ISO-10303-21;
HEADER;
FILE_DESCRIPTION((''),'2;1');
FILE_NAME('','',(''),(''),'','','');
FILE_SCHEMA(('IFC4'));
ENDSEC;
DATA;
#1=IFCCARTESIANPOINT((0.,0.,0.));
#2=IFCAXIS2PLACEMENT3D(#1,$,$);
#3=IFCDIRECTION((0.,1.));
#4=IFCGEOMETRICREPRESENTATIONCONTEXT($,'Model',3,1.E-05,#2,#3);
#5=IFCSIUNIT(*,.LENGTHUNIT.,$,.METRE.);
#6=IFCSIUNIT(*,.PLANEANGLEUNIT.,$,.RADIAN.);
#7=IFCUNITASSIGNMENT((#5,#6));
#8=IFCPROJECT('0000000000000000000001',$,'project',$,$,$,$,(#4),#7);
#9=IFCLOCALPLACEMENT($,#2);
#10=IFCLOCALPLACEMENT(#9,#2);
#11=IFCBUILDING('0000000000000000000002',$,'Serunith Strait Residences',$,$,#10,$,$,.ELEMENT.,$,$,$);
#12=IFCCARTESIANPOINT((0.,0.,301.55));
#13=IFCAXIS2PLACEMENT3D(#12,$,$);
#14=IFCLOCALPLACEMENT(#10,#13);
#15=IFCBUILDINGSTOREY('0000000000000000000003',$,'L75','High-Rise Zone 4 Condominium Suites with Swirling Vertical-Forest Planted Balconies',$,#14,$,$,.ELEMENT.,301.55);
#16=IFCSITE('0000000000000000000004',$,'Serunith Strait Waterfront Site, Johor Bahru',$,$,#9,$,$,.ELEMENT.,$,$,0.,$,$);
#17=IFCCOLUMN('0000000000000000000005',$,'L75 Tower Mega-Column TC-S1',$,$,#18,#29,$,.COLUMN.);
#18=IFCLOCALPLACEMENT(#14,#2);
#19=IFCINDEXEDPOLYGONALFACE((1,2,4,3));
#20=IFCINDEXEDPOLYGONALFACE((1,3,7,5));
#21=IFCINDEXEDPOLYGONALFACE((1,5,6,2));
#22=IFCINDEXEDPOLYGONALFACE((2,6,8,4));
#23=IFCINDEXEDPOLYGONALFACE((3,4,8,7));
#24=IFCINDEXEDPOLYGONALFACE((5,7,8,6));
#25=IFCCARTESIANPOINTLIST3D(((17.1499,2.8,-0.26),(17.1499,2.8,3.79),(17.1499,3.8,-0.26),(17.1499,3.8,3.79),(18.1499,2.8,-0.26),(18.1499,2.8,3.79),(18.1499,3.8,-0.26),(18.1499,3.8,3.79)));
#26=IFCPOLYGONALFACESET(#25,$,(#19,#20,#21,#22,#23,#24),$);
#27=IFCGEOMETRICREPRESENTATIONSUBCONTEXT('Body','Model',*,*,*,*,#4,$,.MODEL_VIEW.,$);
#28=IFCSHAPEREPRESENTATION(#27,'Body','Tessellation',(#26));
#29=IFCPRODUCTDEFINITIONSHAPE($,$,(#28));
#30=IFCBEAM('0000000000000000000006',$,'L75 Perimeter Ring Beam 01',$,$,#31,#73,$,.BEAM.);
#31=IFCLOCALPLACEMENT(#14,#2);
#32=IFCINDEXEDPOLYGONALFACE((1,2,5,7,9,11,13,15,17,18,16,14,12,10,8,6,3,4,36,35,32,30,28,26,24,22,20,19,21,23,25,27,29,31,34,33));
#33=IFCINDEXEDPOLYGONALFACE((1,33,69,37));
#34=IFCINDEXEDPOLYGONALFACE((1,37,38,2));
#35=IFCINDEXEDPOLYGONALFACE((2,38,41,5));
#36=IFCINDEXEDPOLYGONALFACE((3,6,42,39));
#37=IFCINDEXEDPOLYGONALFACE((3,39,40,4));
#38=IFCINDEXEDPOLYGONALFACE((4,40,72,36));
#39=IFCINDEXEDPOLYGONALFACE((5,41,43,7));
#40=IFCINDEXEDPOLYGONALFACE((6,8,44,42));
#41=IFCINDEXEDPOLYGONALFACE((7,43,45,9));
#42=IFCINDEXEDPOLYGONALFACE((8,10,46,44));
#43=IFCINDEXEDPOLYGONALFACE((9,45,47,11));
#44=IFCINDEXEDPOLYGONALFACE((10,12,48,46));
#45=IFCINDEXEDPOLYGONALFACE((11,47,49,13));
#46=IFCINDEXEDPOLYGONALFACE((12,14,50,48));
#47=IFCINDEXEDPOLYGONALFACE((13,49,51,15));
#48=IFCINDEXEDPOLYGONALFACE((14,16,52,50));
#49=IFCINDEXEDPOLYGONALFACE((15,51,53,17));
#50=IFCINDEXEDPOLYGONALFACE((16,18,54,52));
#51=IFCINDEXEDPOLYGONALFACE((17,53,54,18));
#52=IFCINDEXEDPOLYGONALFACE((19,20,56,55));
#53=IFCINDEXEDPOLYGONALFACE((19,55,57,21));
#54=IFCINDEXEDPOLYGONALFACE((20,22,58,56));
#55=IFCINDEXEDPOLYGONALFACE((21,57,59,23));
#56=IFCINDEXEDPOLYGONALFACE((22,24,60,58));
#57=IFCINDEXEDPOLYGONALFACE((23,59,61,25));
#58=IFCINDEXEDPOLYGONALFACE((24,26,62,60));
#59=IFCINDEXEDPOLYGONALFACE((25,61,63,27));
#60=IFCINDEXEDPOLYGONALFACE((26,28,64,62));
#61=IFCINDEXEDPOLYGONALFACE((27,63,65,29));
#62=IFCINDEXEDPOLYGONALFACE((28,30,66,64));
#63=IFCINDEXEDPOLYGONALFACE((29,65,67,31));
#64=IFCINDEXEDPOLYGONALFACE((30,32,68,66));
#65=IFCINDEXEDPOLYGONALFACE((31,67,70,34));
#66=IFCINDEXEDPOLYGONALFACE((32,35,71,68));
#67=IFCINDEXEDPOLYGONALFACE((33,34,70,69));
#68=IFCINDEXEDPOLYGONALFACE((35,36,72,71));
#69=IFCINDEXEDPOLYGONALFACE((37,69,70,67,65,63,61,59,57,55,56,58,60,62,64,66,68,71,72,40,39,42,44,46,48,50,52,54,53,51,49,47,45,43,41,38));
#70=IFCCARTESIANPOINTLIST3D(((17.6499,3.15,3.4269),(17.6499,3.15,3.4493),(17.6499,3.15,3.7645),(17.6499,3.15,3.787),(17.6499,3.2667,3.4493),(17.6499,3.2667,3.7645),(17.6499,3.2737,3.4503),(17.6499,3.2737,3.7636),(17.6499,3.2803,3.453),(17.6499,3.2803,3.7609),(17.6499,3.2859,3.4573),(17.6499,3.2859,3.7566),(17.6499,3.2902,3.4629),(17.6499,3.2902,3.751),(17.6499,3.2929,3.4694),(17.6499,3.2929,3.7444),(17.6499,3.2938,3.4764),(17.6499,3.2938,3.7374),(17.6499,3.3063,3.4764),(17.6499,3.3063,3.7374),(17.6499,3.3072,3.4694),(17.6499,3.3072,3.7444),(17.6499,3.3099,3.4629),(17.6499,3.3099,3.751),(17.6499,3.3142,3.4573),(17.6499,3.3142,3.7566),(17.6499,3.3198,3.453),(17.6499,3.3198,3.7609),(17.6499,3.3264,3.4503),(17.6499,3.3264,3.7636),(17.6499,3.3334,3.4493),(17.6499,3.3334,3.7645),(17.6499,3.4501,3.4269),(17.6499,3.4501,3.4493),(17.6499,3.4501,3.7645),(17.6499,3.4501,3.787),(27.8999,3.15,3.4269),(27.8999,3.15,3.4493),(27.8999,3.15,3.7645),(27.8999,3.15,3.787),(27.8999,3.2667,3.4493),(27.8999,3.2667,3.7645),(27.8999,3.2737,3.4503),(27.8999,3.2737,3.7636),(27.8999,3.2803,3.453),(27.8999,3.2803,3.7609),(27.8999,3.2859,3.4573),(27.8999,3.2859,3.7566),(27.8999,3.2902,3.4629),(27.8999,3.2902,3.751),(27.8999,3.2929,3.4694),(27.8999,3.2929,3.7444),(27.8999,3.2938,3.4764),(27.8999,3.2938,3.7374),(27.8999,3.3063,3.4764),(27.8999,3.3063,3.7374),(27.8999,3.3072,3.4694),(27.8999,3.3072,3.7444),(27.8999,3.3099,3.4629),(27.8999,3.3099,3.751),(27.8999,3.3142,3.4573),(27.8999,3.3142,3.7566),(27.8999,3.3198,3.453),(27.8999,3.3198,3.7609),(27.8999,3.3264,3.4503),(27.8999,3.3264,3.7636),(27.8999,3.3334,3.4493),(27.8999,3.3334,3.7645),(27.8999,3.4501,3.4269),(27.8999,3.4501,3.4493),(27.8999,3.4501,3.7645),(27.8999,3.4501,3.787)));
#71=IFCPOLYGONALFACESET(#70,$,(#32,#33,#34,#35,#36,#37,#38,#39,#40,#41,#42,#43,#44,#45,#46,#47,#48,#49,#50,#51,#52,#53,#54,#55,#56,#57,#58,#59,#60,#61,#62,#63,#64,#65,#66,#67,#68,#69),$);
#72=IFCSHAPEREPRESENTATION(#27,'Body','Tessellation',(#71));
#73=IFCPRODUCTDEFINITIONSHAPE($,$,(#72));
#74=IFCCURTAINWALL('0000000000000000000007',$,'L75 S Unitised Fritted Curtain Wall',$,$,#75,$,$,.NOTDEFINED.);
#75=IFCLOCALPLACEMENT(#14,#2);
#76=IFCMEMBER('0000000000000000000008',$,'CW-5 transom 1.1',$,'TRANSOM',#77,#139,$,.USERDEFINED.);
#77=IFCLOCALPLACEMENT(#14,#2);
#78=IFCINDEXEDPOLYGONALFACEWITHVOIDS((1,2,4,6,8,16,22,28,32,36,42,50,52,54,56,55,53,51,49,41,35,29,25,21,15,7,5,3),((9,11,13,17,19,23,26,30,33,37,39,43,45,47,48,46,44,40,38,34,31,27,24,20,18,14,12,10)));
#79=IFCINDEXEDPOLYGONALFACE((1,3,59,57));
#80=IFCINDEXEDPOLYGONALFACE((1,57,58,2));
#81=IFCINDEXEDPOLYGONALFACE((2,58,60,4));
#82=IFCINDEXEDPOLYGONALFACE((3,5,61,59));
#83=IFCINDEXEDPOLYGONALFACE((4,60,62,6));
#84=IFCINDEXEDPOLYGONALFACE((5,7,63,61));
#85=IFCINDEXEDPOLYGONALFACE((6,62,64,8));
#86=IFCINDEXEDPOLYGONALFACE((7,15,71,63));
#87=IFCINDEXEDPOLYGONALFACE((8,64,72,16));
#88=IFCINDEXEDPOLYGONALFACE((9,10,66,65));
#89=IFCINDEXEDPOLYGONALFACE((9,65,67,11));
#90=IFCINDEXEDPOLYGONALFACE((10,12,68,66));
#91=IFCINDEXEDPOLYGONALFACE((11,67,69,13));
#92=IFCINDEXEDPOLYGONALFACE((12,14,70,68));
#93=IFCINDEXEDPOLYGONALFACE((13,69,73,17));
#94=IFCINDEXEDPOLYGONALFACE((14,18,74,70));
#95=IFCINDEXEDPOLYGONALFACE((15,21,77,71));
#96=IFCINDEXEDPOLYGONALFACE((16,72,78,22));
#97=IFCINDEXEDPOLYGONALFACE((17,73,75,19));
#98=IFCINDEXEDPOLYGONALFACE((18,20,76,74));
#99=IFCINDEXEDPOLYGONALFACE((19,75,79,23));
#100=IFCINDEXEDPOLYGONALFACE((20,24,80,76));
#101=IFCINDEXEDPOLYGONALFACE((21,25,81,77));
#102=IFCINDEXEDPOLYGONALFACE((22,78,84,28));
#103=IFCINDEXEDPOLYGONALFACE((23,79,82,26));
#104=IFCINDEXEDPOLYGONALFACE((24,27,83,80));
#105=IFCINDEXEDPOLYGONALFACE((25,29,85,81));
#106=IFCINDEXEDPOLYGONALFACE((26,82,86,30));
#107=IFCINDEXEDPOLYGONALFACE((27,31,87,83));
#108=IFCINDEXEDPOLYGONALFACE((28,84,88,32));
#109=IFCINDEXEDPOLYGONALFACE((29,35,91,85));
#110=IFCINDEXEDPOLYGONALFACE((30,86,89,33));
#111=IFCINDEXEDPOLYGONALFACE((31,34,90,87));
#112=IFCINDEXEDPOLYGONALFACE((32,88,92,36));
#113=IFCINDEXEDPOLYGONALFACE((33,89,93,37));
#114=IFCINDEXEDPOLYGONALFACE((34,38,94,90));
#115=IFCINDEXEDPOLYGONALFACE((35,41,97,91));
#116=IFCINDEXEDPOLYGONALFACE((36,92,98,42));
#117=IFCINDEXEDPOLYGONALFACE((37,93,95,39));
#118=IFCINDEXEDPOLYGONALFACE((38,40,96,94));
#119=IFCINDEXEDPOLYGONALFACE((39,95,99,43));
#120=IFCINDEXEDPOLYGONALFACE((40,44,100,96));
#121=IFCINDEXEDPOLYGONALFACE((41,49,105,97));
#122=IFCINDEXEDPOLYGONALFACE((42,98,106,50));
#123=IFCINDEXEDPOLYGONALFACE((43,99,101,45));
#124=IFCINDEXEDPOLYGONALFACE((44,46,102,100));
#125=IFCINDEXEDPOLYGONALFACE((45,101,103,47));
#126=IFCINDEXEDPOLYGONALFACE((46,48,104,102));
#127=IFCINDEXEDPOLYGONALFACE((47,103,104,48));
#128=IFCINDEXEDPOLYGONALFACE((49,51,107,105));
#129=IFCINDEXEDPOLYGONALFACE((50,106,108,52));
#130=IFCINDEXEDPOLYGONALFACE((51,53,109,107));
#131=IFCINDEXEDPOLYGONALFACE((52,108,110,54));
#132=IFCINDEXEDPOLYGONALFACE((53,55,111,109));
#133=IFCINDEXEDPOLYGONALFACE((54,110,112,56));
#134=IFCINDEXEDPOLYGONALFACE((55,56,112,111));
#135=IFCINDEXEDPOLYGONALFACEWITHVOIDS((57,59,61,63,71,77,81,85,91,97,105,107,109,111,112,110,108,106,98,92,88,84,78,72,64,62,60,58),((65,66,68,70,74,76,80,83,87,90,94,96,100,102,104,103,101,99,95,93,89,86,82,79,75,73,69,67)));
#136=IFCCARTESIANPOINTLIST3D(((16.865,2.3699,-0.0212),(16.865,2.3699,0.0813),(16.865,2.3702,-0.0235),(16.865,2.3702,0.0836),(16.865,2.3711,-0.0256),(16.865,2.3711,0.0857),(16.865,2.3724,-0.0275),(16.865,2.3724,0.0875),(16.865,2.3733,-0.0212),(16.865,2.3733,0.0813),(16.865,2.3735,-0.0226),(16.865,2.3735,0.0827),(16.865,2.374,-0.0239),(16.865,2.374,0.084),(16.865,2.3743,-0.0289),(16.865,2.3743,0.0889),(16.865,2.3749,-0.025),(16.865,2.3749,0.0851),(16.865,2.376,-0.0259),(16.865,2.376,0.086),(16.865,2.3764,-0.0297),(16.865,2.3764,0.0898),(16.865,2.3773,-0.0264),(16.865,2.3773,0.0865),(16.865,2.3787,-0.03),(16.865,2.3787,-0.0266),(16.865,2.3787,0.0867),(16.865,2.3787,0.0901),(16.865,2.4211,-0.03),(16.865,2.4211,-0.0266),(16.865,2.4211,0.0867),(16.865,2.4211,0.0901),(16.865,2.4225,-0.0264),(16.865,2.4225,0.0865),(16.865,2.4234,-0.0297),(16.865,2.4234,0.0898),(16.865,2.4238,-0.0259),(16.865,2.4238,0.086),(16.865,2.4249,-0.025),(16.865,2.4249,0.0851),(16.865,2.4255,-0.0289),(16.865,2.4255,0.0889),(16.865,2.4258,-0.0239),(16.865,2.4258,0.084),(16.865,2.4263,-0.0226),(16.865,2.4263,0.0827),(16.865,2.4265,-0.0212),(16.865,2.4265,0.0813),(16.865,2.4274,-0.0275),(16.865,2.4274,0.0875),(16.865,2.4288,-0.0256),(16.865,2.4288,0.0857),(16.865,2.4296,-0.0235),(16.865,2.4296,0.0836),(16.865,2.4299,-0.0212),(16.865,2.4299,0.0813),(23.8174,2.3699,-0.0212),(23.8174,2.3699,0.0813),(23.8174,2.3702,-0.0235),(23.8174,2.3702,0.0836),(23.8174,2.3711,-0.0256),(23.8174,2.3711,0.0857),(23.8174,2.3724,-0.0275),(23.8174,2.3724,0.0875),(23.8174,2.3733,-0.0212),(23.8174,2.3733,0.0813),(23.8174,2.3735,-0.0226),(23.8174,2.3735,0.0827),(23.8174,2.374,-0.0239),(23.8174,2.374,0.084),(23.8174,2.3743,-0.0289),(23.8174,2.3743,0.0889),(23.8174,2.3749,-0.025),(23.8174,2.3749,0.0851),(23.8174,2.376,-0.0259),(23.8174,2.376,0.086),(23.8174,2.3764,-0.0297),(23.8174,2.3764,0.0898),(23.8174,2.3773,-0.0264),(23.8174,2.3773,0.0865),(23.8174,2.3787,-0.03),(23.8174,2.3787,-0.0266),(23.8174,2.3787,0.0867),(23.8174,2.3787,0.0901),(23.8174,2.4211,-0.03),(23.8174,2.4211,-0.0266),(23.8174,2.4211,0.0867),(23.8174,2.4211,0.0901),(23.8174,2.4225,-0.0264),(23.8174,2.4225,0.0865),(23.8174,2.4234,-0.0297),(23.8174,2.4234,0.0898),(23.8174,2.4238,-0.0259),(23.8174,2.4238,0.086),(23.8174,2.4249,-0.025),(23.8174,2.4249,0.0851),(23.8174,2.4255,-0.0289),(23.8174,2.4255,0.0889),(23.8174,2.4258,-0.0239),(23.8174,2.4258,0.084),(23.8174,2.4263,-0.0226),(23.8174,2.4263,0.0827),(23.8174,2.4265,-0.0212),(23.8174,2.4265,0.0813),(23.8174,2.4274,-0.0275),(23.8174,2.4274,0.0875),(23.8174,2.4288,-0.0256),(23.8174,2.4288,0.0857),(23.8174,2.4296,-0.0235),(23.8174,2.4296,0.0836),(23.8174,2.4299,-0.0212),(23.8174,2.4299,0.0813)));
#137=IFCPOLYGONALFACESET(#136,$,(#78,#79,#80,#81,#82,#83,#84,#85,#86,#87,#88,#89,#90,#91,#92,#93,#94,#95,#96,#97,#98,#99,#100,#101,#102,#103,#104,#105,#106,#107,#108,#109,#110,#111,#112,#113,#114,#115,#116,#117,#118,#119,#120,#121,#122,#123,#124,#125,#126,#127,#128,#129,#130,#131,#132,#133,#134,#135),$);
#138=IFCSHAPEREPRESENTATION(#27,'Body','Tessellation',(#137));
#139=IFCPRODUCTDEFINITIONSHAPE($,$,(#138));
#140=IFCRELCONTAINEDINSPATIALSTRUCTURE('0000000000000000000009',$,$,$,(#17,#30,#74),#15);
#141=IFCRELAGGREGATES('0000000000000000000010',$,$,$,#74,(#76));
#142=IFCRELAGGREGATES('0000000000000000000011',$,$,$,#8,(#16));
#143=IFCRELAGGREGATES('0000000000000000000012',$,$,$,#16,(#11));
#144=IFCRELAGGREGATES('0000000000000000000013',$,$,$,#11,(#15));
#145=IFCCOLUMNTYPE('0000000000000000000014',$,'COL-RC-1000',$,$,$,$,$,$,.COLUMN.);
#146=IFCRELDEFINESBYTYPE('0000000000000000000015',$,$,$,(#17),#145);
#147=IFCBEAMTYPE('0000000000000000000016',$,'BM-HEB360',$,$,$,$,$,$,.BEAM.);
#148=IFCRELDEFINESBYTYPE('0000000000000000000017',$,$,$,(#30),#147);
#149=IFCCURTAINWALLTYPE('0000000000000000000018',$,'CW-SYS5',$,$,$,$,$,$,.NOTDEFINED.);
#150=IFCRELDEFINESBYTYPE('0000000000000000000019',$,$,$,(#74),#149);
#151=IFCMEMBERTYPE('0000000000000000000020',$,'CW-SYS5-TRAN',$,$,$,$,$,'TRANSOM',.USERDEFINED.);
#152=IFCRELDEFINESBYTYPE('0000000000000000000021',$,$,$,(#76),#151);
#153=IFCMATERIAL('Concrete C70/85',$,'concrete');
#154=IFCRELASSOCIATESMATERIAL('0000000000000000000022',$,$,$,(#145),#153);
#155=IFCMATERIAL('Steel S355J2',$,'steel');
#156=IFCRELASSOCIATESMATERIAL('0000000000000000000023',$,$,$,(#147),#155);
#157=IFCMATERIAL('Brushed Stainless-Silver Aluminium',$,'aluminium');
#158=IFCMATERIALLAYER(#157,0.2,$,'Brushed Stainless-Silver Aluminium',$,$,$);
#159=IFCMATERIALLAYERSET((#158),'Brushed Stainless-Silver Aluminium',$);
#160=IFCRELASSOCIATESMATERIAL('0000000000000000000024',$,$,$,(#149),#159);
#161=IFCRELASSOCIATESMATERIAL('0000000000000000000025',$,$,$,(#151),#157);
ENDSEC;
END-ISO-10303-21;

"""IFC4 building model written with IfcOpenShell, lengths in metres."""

from ifc_helpers import new_model, si_unit, direction, frame, origin, origin_2d, place, context, subcontext, project, spatial, rectangle, hollow_rectangle, i_section, extrude, source, transform, mapped, material, layer, layer_set, material_profile, profile_set, type_object, element, aggregate, save


model = new_model("IFC4")

# Units and contexts
model_context = context("Model", 3, precision=1e-05, world=origin(), true_north=direction((0.0, 1.0)))
body_context = subcontext(model_context, "Body", "Model", "MODEL_VIEW")
ifc_project = project(units=[si_unit("LENGTHUNIT", "METRE"), si_unit("PLANEANGLEUNIT", "RADIAN")], contexts=[model_context])

# Site, building, storey
site_placement = place(None, origin())
site = spatial("IfcSite", under=ifc_project, at=site_placement, Name="Serunith Strait Waterfront Site, Johor Bahru", CompositionType="ELEMENT", RefElevation=0.0)
building_placement = place(site_placement, origin())
building = spatial("IfcBuilding", under=site, at=building_placement, Name="Serunith Strait Residences", CompositionType="ELEMENT")
storey_placement = place(building_placement, frame((0.0, 0.0, 301.55)))
storey = spatial("IfcBuildingStorey", under=building, at=storey_placement, Name="L75", Description="High-Rise Zone 4 Condominium Suites with Swirling Vertical-Forest Planted Balconies", CompositionType="ELEMENT", Elevation=301.55)

# Column
ifc_material_1 = material(Name="Concrete C70/85", Category="concrete")
ifc_material_profile_1 = material_profile(ifc_material_1, rectangle(XDim=1.0, YDim=1.0, at=origin_2d()), Name="RC 1000x1000")
ifc_profile_set_1 = profile_set([ifc_material_profile_1], Name="Concrete C70/85")
column_type = type_object("IfcColumnType", Name="COL-RC-1000", PredefinedType="COLUMN", material=ifc_profile_set_1)
shared_shape_1 = source(origin(), body_context, "Body", "SweptSolid", [
    extrude(rectangle(XDim=1.0, YDim=1.0, at=origin_2d()), origin(), (0.0, 0.0, 1.0), 4.05),
])
column_placement = place(storey_placement, frame((17.6499, 3.3, -0.26), z_axis=(0.0, 0.0, 1.0), x_axis=(1.0, 0.0, 0.0)))
element("IfcColumn", 1, at=column_placement, inside=storey, type_object=column_type, Name="L75 Tower Mega-Column TC-S1", PredefinedType="COLUMN", context=body_context, shape_type="MappedRepresentation", body=[
    mapped(shared_shape_1, transform((0.0, 0.0, 0.0), scale=1.0)),
])

# Beam
ifc_material_2 = material(Name="Steel S355J2", Category="steel")
ifc_material_profile_2 = material_profile(ifc_material_2, i_section(OverallWidth=0.3, OverallDepth=0.3601, WebThickness=0.0125, FlangeThickness=0.0225, FilletRadius=0.0271, at=origin_2d()), Name="HEB 360")
ifc_profile_set_2 = profile_set([ifc_material_profile_2], Name="Steel S355J2")
beam_type = type_object("IfcBeamType", Name="BM-HEB360", PredefinedType="BEAM", material=ifc_profile_set_2)
shared_shape_2 = source(origin(), body_context, "Body", "SweptSolid", [
    extrude(i_section(OverallWidth=0.3, OverallDepth=0.3601, WebThickness=0.0125, FlangeThickness=0.0225, FilletRadius=0.0271, at=origin_2d()), origin(), (0.0, 0.0, 1.0), 10.25),
])
beam_placement = place(storey_placement, frame((17.6499, 3.3, 3.6069), z_axis=(1.0, 0.0, 0.0), x_axis=(0.0, 1.0, 0.0)))
element("IfcBeam", 2, at=beam_placement, inside=storey, type_object=beam_type, Name="L75 Perimeter Ring Beam 01", PredefinedType="BEAM", context=body_context, shape_type="MappedRepresentation", body=[
    mapped(shared_shape_2, transform((0.0, 0.0, 0.0), scale=1.0)),
])

# Curtain wall, member
ifc_material_3 = material(Name="Brushed Stainless-Silver Aluminium", Category="aluminium")
ifc_layer_1 = layer(ifc_material_3, 0.2, Name="Brushed Stainless-Silver Aluminium")
ifc_layer_set_1 = layer_set([ifc_layer_1], Name="Brushed Stainless-Silver Aluminium")
curtain_wall_type = type_object("IfcCurtainWallType", Name="CW-SYS5", PredefinedType="NOTDEFINED", material=ifc_layer_set_1)
curtain_wall_1_placement = place(storey_placement, origin())
curtain_wall_1 = element("IfcCurtainWall", 3, at=curtain_wall_1_placement, inside=storey, type_object=curtain_wall_type, Name="L75 S Unitised Fritted Curtain Wall", PredefinedType="NOTDEFINED")
ifc_material_profile_3 = material_profile(ifc_material_3, hollow_rectangle(XDim=0.0601, YDim=0.1201, WallThickness=0.0034, InnerFilletRadius=0.0054, OuterFilletRadius=0.0088, at=origin_2d()), Name="ALU 120x60x3.5")
ifc_profile_set_3 = profile_set([ifc_material_profile_3], Name="Brushed Stainless-Silver Aluminium")
member_type_1 = type_object("IfcMemberType", Name="CW-SYS5-TRAN", ElementType="TRANSOM", PredefinedType="USERDEFINED", material=ifc_profile_set_3)
shared_shape_3 = source(origin(), body_context, "Body", "SweptSolid", [
    extrude(hollow_rectangle(XDim=0.0601, YDim=0.1201, WallThickness=0.0034, InnerFilletRadius=0.0054, OuterFilletRadius=0.0088, at=origin_2d()), origin(), (0.0, 0.0, 1.0), 6.9524),
])
member_1_placement = place(storey_placement, frame((16.865, 2.3999, 0.03), z_axis=(1.0, 0.0, 0.0), x_axis=(0.0, 1.0, 0.0)))
member_1 = element("IfcMember", 4, at=member_1_placement, type_object=member_type_1, Name="CW-5 transom 1.1", ObjectType="TRANSOM", PredefinedType="USERDEFINED", context=body_context, shape_type="MappedRepresentation", body=[
    mapped(shared_shape_3, transform((0.0, 0.0, 0.0), scale=1.0)),
])
aggregate(curtain_wall_1, [member_1])

save(model, "model.ifc")
